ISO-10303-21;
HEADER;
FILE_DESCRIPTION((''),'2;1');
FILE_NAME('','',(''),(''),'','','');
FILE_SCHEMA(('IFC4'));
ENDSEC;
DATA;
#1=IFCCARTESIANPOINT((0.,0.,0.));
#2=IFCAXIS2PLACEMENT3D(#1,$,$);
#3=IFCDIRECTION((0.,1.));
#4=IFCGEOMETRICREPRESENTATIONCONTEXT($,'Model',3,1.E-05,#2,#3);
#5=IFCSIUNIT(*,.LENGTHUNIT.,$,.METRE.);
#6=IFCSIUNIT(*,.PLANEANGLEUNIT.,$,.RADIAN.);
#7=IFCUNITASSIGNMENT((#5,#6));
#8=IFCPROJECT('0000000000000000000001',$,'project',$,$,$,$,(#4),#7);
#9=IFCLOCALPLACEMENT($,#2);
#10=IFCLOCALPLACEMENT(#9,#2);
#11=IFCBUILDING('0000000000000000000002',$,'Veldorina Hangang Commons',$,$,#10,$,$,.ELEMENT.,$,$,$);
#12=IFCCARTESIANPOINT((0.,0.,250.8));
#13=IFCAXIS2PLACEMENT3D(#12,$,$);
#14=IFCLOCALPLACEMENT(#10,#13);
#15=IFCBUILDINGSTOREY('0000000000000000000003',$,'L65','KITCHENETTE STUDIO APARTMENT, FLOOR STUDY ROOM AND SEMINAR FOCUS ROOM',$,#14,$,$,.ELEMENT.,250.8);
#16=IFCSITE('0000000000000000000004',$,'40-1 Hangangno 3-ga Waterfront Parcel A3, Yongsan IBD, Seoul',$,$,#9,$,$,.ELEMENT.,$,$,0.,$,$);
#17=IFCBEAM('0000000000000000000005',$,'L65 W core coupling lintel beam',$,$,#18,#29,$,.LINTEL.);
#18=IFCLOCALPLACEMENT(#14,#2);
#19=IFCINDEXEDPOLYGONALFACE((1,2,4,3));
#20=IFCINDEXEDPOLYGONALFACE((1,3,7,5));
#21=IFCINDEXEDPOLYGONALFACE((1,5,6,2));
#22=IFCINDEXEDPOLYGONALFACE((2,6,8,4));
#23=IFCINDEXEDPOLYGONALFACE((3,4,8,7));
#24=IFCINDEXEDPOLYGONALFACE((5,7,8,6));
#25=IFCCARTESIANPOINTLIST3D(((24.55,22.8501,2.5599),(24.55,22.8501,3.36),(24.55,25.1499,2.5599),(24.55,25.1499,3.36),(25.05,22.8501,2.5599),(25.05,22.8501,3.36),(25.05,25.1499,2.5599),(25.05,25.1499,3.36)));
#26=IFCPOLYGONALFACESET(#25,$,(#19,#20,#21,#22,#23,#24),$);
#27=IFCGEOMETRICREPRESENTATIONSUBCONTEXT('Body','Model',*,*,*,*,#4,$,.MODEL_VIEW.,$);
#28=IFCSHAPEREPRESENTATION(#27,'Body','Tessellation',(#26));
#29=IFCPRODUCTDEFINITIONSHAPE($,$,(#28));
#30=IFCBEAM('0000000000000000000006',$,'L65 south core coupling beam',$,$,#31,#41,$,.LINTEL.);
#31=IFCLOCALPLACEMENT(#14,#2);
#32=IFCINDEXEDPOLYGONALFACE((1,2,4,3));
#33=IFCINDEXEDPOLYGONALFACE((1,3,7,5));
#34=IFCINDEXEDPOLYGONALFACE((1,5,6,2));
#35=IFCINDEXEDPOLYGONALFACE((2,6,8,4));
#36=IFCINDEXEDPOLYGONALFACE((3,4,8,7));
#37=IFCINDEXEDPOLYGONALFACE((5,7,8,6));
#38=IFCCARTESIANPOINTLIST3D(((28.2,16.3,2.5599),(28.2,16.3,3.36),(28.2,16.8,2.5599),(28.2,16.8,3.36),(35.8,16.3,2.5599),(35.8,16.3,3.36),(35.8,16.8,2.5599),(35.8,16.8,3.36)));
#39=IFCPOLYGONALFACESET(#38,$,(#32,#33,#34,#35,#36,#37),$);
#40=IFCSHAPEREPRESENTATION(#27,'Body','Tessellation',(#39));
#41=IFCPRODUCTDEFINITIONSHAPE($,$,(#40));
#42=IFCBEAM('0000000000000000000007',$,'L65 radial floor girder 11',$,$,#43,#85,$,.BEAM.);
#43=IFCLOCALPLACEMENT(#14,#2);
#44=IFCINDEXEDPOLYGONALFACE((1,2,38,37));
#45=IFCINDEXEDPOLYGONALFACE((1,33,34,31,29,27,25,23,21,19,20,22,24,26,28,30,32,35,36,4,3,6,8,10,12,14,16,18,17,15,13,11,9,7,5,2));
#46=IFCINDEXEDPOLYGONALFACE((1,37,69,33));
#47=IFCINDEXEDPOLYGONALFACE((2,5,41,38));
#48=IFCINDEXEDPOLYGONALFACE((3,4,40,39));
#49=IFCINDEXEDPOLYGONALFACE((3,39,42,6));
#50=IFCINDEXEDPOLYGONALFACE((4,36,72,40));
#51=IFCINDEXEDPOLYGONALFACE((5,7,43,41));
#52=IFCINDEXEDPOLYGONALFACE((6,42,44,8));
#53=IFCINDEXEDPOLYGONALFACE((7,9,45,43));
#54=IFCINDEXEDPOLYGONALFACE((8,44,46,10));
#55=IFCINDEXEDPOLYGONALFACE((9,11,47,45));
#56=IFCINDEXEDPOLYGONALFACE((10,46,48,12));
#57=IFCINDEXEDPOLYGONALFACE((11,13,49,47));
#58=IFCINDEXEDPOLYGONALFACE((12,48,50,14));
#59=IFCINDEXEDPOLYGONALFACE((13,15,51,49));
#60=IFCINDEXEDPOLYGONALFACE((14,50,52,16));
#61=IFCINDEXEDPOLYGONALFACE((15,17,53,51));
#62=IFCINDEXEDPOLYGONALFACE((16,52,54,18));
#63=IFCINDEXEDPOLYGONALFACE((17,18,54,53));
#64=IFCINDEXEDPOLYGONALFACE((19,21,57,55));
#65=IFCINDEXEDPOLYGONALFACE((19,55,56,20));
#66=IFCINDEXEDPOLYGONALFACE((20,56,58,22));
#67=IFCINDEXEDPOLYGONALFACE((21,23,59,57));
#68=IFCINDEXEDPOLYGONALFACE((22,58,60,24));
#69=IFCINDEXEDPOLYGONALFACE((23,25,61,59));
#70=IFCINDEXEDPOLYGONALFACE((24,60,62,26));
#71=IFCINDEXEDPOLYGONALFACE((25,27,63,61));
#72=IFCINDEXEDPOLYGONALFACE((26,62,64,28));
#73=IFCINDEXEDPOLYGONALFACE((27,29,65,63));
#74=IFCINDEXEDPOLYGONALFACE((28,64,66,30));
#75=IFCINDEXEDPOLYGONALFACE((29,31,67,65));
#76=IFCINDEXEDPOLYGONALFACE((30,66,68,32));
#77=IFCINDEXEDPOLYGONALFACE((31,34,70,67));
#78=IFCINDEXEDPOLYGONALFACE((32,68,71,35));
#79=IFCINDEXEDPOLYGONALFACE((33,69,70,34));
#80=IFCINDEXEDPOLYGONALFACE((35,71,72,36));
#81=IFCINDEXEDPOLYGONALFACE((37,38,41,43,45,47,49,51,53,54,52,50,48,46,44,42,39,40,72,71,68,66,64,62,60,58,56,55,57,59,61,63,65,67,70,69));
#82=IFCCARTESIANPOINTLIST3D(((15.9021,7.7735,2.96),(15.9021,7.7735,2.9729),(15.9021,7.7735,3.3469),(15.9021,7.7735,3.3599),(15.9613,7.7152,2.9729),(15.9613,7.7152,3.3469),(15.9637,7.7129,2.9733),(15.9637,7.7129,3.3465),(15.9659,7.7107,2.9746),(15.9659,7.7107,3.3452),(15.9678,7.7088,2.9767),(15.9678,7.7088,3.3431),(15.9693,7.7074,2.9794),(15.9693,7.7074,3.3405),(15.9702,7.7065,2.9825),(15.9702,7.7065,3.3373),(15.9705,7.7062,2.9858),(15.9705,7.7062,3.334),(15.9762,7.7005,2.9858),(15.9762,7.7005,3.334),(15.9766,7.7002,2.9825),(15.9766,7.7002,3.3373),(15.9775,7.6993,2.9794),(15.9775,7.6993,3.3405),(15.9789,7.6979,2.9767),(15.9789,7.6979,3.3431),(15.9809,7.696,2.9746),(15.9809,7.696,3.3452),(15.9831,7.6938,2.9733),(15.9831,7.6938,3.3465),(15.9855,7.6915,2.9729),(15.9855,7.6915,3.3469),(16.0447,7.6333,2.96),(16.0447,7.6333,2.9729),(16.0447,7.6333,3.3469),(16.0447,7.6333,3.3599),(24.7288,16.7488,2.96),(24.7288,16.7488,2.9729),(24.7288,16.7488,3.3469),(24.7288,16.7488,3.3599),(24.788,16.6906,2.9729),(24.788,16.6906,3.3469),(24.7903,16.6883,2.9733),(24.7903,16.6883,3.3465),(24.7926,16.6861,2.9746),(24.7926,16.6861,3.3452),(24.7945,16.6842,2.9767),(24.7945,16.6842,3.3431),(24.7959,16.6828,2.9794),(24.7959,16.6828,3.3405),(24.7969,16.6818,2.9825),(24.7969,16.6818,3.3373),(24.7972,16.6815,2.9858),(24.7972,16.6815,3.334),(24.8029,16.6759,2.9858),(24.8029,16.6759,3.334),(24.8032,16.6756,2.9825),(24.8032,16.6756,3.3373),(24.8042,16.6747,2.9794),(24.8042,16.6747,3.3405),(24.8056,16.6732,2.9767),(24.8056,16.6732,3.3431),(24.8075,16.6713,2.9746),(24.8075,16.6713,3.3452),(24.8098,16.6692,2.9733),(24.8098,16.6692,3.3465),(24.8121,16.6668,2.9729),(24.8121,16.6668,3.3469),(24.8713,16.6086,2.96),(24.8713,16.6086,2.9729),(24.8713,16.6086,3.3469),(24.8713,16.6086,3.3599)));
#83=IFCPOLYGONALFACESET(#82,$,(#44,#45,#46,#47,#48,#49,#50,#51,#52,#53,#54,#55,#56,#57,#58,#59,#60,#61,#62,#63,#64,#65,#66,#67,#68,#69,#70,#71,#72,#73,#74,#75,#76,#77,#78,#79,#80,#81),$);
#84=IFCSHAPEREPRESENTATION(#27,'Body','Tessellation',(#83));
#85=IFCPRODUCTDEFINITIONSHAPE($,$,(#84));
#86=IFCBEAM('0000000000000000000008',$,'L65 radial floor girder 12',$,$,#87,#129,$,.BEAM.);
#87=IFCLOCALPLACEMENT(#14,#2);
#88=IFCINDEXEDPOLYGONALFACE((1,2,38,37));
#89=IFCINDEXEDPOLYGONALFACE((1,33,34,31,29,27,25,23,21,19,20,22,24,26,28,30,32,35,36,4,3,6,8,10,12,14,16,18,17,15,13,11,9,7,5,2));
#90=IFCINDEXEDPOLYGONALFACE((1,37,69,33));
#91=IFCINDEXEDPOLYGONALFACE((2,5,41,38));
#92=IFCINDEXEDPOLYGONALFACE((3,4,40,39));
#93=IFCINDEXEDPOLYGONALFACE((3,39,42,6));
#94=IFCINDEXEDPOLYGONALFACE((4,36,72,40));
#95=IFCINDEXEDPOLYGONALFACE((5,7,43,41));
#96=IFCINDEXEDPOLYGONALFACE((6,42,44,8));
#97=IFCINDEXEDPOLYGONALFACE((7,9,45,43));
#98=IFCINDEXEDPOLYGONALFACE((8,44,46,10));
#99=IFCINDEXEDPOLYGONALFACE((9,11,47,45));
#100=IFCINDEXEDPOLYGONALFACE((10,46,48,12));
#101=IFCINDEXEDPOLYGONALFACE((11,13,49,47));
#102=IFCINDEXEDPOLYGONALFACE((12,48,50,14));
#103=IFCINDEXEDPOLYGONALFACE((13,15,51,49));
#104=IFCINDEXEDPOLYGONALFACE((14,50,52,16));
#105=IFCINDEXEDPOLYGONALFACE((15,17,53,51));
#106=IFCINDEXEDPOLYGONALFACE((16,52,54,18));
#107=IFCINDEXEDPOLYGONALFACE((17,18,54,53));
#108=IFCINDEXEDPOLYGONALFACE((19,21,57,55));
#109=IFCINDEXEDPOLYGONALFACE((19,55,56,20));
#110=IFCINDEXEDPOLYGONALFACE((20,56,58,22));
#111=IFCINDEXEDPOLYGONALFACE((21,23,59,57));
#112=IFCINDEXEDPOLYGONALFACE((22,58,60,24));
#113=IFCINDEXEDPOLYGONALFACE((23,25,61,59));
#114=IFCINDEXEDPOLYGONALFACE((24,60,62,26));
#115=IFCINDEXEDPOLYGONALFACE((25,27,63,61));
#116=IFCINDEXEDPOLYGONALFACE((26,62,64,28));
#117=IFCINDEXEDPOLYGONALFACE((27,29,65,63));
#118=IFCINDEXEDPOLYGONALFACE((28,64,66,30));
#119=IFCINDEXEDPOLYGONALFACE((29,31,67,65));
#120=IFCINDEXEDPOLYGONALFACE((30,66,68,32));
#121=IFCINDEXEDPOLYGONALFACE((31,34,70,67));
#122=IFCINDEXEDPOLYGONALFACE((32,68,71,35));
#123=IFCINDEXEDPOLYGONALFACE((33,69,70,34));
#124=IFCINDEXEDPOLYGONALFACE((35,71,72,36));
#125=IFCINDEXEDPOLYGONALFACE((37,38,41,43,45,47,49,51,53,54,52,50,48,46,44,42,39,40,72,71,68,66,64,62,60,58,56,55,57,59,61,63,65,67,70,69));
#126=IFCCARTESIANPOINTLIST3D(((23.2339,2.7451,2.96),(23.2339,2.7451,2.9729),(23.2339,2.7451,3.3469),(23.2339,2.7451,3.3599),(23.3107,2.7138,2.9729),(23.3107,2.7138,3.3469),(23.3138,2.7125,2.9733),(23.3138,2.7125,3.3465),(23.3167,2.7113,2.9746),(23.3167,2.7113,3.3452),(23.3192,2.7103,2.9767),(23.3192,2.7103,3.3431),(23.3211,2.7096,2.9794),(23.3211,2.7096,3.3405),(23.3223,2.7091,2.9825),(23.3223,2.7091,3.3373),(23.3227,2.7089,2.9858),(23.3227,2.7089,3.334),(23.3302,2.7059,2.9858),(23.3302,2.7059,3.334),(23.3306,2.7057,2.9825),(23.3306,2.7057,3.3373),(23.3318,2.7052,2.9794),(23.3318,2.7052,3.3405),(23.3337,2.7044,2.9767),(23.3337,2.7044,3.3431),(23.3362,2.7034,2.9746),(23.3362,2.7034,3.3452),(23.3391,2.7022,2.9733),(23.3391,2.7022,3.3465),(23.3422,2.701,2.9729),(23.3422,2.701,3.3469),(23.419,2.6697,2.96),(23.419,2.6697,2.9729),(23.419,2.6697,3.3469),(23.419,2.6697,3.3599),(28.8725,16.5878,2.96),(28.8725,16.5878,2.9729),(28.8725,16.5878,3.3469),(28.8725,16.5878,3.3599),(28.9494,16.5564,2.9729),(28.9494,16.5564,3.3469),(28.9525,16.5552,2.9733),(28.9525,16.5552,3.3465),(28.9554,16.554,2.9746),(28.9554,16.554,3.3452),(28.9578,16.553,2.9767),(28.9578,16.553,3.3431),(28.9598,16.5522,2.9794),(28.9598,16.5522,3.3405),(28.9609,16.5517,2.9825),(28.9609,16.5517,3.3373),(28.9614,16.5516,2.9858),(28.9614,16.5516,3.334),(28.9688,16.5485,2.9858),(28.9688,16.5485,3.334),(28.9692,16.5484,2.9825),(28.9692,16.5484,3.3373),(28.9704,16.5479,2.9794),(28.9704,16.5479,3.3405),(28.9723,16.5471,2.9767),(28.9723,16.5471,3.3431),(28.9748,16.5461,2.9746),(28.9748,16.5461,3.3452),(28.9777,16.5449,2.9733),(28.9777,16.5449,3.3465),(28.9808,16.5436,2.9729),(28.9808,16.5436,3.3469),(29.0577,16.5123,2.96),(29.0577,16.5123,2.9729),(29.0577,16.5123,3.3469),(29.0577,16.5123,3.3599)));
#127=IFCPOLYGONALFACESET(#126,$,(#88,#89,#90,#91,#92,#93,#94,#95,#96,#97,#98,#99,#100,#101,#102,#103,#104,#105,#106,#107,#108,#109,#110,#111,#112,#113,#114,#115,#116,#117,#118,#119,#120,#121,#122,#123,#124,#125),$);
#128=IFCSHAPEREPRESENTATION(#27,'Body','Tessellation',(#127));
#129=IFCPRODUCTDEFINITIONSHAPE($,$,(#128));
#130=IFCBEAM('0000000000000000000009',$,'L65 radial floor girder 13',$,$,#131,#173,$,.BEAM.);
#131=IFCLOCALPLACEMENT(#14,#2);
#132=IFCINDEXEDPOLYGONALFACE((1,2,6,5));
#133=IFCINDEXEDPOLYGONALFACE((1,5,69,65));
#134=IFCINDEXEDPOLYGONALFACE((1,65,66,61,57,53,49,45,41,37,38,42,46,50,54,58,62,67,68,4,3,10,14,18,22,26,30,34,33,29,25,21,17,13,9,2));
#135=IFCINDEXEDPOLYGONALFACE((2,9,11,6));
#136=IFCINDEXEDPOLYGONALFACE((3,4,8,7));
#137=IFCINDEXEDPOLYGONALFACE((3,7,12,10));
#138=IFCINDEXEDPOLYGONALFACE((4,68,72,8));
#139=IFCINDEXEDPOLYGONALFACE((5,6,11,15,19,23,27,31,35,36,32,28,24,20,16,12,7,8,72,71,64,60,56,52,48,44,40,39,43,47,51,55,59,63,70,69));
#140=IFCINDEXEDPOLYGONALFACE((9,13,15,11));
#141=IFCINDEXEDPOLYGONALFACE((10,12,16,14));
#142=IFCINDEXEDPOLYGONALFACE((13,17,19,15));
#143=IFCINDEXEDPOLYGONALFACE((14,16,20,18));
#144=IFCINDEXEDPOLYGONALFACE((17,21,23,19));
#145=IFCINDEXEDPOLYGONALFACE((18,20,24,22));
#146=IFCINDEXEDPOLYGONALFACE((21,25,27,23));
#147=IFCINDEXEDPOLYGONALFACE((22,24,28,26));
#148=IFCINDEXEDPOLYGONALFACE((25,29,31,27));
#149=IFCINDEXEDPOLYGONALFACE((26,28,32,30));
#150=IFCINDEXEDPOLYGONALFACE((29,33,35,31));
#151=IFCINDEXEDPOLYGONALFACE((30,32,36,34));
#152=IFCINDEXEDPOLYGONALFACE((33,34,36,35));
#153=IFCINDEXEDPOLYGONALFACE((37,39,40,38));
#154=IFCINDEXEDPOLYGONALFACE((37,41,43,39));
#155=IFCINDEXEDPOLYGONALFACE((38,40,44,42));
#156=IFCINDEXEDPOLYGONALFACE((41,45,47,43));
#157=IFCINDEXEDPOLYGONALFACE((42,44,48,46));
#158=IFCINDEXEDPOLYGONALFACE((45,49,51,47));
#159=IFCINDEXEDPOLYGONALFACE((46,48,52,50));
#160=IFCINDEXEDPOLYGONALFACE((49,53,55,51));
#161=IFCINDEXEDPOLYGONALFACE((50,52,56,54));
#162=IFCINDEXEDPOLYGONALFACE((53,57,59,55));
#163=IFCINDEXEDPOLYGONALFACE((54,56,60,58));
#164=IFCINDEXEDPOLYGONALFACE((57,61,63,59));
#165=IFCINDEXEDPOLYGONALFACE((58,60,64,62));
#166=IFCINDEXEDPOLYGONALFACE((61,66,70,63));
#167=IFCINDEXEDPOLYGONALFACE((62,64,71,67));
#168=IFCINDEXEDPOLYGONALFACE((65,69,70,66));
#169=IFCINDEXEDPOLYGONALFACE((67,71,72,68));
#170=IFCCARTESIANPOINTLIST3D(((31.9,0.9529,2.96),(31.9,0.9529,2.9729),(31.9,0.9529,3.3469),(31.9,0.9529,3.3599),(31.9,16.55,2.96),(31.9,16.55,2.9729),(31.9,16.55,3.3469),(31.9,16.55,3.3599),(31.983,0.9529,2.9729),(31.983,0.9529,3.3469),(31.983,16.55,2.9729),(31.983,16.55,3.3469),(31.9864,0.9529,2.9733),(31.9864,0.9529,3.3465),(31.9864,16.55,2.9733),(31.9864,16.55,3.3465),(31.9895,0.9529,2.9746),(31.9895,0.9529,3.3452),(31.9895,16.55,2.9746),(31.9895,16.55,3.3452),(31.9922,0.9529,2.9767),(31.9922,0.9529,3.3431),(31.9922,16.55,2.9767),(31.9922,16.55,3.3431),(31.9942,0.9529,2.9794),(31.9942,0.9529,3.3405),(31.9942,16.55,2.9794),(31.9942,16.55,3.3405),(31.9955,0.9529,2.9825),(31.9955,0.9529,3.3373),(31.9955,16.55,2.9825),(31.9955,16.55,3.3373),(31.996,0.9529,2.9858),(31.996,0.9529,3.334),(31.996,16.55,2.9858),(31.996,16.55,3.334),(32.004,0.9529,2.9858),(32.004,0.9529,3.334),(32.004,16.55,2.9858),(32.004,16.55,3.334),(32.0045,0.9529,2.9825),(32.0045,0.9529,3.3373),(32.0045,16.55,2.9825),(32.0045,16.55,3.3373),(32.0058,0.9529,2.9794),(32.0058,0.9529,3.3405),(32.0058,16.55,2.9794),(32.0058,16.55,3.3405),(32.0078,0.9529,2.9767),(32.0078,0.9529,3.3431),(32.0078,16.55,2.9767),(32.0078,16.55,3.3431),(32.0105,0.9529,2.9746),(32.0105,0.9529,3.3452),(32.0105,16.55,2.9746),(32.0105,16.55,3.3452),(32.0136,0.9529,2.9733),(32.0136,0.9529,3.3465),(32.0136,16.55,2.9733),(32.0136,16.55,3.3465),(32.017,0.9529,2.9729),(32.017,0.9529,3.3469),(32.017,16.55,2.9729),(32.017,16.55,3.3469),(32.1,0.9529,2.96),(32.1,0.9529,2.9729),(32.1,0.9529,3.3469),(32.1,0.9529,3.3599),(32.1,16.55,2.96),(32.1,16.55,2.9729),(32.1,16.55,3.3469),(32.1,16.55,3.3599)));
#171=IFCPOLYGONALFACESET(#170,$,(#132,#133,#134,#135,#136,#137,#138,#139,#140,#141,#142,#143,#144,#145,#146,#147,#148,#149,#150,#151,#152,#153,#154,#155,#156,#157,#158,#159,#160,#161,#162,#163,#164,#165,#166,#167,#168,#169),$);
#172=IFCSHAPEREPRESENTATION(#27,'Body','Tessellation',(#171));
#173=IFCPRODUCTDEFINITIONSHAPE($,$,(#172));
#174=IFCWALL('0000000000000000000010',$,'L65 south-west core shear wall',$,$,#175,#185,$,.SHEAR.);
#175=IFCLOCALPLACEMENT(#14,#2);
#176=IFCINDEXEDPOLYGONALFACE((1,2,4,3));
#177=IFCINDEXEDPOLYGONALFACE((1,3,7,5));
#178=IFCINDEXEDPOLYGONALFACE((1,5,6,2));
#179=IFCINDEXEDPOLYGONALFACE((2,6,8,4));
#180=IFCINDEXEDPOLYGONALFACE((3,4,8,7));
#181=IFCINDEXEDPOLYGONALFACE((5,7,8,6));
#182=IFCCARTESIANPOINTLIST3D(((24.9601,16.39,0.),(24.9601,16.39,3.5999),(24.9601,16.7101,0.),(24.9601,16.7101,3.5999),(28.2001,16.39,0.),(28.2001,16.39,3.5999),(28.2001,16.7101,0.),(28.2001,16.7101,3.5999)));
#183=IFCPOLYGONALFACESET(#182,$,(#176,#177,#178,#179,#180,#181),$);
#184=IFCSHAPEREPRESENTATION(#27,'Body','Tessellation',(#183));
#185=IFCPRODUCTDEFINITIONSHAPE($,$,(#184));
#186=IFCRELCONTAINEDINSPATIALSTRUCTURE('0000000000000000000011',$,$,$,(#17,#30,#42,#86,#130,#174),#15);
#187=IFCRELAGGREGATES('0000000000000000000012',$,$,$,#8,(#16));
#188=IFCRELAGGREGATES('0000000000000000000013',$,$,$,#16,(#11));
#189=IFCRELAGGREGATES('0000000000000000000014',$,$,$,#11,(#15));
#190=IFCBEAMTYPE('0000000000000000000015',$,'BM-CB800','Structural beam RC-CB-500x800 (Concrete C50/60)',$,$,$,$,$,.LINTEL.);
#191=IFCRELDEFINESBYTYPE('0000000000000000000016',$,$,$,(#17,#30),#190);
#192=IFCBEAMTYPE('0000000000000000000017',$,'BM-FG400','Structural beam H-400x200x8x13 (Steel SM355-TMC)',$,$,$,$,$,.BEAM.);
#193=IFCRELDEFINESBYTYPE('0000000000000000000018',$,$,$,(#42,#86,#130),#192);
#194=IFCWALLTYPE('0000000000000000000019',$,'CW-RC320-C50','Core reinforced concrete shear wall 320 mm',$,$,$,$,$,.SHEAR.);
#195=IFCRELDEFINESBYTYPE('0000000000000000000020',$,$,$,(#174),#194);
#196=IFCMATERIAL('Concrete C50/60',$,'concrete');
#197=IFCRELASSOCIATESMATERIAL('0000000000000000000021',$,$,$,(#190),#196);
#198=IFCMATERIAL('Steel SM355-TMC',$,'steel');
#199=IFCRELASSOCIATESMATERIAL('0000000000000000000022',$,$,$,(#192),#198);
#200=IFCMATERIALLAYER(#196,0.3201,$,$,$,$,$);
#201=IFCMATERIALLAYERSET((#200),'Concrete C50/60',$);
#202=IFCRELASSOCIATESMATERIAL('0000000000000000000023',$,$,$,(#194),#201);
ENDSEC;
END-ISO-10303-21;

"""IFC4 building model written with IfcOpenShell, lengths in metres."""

from ifc_helpers import new_model, si_unit, direction, frame, frame_2d, origin, origin_2d, place, context, subcontext, project, spatial, rectangle, i_section, extrude, material, layer, layer_set, material_profile, profile_set, type_object, element, save


model = new_model("IFC4")

# Units and contexts
model_context = context("Model", 3, precision=1e-05, world=origin(), true_north=direction((0.0, 1.0)))
body_context = subcontext(model_context, "Body", "Model", "MODEL_VIEW")
ifc_project = project(units=[si_unit("LENGTHUNIT", "METRE"), si_unit("PLANEANGLEUNIT", "RADIAN")], contexts=[model_context])

# Site, building, storey
site_placement = place(None, origin())
site = spatial("IfcSite", under=ifc_project, at=site_placement, Name="40-1 Hangangno 3-ga Waterfront Parcel A3, Yongsan IBD, Seoul", CompositionType="ELEMENT", RefElevation=0.0)
building_placement = place(site_placement, origin())
building = spatial("IfcBuilding", under=site, at=building_placement, Name="Veldorina Hangang Commons", CompositionType="ELEMENT")
storey_placement = place(building_placement, frame((0.0, 0.0, 250.8)))
storey = spatial("IfcBuildingStorey", under=building, at=storey_placement, Name="L65", Description="KITCHENETTE STUDIO APARTMENT, FLOOR STUDY ROOM AND SEMINAR FOCUS ROOM", CompositionType="ELEMENT", Elevation=250.8)

# Beams
ifc_material_1 = material(Name="Concrete C50/60", Category="concrete")
ifc_material_profile_1 = material_profile(ifc_material_1, rectangle(XDim=0.5, YDim=0.8, at=origin_2d()), Name="RC-CB-500x800")
ifc_profile_set_1 = profile_set([ifc_material_profile_1], Name="Concrete C50/60")
beam_type_1 = type_object("IfcBeamType", Name="BM-CB800", Description="Structural beam RC-CB-500x800 (Concrete C50/60)", PredefinedType="LINTEL", material=ifc_profile_set_1)
beam_1_placement = place(storey_placement, frame((24.8, 22.8501, 2.96), z_axis=(0.0, 1.0, 0.0), x_axis=(-1.0, 0.0, 0.0)))
element("IfcBeam", 1, at=beam_1_placement, inside=storey, type_object=beam_type_1, Name="L65 W core coupling lintel beam", PredefinedType="LINTEL", context=body_context, shape_type="SweptSolid", body=[
    extrude(rectangle(XDim=0.5, YDim=0.8, at=origin_2d()), origin(), (0.0, 0.0, 1.0), 2.2998),
])
beam_2_placement = place(storey_placement, frame((28.2, 16.55, 2.96), z_axis=(1.0, 0.0, 0.0), x_axis=(0.0, 1.0, 0.0)))
element("IfcBeam", 2, at=beam_2_placement, inside=storey, type_object=beam_type_1, Name="L65 south core coupling beam", PredefinedType="LINTEL", context=body_context, shape_type="SweptSolid", body=[
    extrude(rectangle(XDim=0.5, YDim=0.8, at=origin_2d()), origin(), (0.0, 0.0, 1.0), 7.6001),
])
ifc_material_2 = material(Name="Steel SM355-TMC", Category="steel")
ifc_material_profile_2 = material_profile(ifc_material_2, i_section(OverallWidth=0.2, OverallDepth=0.3999, WebThickness=0.0081, FlangeThickness=0.0129, FilletRadius=0.0129, at=origin_2d()), Name="H-400x200x8x13")
ifc_profile_set_2 = profile_set([ifc_material_profile_2], Name="Steel SM355-TMC")
beam_type_2 = type_object("IfcBeamType", Name="BM-FG400", Description="Structural beam H-400x200x8x13 (Steel SM355-TMC)", PredefinedType="BEAM", material=ifc_profile_set_2)
beam_3_placement = place(storey_placement, frame((24.8, 16.6787, 3.1599), z_axis=(-0.701177, -0.712988, 0.0), x_axis=(0.712988, -0.701177, 0.0)))
element("IfcBeam", 3, at=beam_3_placement, inside=storey, type_object=beam_type_2, Name="L65 radial floor girder 11", PredefinedType="BEAM", context=body_context, shape_type="SweptSolid", body=[
    extrude(i_section(OverallWidth=0.2, OverallDepth=0.3999, WebThickness=0.0081, FlangeThickness=0.0129, FilletRadius=0.0129, at=origin_2d()), origin(), (0.0, 0.0, 1.0), 12.5884),
])
beam_4_placement = place(storey_placement, frame((28.9651, 16.55, 3.1599), z_axis=(-0.377241, -0.926115, 0.0), x_axis=(0.926115, -0.377241, 0.0)))
element("IfcBeam", 4, at=beam_4_placement, inside=storey, type_object=beam_type_2, Name="L65 radial floor girder 12", PredefinedType="BEAM", context=body_context, shape_type="SweptSolid", body=[
    extrude(i_section(OverallWidth=0.2, OverallDepth=0.3999, WebThickness=0.0081, FlangeThickness=0.0129, FilletRadius=0.0129, at=origin_2d()), origin(), (0.0, 0.0, 1.0), 14.947),
])
beam_5_placement = place(storey_placement, frame((32.0, 16.55, 3.1599), z_axis=(0.0, -1.0, 0.0), x_axis=(1.0, 0.0, 0.0)))
element("IfcBeam", 5, at=beam_5_placement, inside=storey, type_object=beam_type_2, Name="L65 radial floor girder 13", PredefinedType="BEAM", context=body_context, shape_type="SweptSolid", body=[
    extrude(i_section(OverallWidth=0.2, OverallDepth=0.3999, WebThickness=0.0081, FlangeThickness=0.0129, FilletRadius=0.0129, at=origin_2d()), origin(), (0.0, 0.0, 1.0), 15.5972),
])

# Wall
ifc_layer_1 = layer(ifc_material_1, 0.3201)
ifc_layer_set_1 = layer_set([ifc_layer_1], Name="Concrete C50/60")
wall_type_1 = type_object("IfcWallType", Name="CW-RC320-C50", Description="Core reinforced concrete shear wall 320 mm", PredefinedType="SHEAR", material=ifc_layer_set_1)
wall_1_placement = place(storey_placement, frame((24.96, 16.55, 0.0), z_axis=(0.0, 0.0, 1.0), x_axis=(1.0, 0.0, 0.0)))
element("IfcWall", 6, at=wall_1_placement, inside=storey, type_object=wall_type_1, Name="L65 south-west core shear wall", PredefinedType="SHEAR", context=body_context, shape_type="SweptSolid", body=[
    extrude(rectangle(XDim=3.24, YDim=0.3201, at=frame_2d((1.6201, 0.0))), origin(), (0.0, 0.0, 1.0), 3.5999),
])

save(model, "model.ifc")
